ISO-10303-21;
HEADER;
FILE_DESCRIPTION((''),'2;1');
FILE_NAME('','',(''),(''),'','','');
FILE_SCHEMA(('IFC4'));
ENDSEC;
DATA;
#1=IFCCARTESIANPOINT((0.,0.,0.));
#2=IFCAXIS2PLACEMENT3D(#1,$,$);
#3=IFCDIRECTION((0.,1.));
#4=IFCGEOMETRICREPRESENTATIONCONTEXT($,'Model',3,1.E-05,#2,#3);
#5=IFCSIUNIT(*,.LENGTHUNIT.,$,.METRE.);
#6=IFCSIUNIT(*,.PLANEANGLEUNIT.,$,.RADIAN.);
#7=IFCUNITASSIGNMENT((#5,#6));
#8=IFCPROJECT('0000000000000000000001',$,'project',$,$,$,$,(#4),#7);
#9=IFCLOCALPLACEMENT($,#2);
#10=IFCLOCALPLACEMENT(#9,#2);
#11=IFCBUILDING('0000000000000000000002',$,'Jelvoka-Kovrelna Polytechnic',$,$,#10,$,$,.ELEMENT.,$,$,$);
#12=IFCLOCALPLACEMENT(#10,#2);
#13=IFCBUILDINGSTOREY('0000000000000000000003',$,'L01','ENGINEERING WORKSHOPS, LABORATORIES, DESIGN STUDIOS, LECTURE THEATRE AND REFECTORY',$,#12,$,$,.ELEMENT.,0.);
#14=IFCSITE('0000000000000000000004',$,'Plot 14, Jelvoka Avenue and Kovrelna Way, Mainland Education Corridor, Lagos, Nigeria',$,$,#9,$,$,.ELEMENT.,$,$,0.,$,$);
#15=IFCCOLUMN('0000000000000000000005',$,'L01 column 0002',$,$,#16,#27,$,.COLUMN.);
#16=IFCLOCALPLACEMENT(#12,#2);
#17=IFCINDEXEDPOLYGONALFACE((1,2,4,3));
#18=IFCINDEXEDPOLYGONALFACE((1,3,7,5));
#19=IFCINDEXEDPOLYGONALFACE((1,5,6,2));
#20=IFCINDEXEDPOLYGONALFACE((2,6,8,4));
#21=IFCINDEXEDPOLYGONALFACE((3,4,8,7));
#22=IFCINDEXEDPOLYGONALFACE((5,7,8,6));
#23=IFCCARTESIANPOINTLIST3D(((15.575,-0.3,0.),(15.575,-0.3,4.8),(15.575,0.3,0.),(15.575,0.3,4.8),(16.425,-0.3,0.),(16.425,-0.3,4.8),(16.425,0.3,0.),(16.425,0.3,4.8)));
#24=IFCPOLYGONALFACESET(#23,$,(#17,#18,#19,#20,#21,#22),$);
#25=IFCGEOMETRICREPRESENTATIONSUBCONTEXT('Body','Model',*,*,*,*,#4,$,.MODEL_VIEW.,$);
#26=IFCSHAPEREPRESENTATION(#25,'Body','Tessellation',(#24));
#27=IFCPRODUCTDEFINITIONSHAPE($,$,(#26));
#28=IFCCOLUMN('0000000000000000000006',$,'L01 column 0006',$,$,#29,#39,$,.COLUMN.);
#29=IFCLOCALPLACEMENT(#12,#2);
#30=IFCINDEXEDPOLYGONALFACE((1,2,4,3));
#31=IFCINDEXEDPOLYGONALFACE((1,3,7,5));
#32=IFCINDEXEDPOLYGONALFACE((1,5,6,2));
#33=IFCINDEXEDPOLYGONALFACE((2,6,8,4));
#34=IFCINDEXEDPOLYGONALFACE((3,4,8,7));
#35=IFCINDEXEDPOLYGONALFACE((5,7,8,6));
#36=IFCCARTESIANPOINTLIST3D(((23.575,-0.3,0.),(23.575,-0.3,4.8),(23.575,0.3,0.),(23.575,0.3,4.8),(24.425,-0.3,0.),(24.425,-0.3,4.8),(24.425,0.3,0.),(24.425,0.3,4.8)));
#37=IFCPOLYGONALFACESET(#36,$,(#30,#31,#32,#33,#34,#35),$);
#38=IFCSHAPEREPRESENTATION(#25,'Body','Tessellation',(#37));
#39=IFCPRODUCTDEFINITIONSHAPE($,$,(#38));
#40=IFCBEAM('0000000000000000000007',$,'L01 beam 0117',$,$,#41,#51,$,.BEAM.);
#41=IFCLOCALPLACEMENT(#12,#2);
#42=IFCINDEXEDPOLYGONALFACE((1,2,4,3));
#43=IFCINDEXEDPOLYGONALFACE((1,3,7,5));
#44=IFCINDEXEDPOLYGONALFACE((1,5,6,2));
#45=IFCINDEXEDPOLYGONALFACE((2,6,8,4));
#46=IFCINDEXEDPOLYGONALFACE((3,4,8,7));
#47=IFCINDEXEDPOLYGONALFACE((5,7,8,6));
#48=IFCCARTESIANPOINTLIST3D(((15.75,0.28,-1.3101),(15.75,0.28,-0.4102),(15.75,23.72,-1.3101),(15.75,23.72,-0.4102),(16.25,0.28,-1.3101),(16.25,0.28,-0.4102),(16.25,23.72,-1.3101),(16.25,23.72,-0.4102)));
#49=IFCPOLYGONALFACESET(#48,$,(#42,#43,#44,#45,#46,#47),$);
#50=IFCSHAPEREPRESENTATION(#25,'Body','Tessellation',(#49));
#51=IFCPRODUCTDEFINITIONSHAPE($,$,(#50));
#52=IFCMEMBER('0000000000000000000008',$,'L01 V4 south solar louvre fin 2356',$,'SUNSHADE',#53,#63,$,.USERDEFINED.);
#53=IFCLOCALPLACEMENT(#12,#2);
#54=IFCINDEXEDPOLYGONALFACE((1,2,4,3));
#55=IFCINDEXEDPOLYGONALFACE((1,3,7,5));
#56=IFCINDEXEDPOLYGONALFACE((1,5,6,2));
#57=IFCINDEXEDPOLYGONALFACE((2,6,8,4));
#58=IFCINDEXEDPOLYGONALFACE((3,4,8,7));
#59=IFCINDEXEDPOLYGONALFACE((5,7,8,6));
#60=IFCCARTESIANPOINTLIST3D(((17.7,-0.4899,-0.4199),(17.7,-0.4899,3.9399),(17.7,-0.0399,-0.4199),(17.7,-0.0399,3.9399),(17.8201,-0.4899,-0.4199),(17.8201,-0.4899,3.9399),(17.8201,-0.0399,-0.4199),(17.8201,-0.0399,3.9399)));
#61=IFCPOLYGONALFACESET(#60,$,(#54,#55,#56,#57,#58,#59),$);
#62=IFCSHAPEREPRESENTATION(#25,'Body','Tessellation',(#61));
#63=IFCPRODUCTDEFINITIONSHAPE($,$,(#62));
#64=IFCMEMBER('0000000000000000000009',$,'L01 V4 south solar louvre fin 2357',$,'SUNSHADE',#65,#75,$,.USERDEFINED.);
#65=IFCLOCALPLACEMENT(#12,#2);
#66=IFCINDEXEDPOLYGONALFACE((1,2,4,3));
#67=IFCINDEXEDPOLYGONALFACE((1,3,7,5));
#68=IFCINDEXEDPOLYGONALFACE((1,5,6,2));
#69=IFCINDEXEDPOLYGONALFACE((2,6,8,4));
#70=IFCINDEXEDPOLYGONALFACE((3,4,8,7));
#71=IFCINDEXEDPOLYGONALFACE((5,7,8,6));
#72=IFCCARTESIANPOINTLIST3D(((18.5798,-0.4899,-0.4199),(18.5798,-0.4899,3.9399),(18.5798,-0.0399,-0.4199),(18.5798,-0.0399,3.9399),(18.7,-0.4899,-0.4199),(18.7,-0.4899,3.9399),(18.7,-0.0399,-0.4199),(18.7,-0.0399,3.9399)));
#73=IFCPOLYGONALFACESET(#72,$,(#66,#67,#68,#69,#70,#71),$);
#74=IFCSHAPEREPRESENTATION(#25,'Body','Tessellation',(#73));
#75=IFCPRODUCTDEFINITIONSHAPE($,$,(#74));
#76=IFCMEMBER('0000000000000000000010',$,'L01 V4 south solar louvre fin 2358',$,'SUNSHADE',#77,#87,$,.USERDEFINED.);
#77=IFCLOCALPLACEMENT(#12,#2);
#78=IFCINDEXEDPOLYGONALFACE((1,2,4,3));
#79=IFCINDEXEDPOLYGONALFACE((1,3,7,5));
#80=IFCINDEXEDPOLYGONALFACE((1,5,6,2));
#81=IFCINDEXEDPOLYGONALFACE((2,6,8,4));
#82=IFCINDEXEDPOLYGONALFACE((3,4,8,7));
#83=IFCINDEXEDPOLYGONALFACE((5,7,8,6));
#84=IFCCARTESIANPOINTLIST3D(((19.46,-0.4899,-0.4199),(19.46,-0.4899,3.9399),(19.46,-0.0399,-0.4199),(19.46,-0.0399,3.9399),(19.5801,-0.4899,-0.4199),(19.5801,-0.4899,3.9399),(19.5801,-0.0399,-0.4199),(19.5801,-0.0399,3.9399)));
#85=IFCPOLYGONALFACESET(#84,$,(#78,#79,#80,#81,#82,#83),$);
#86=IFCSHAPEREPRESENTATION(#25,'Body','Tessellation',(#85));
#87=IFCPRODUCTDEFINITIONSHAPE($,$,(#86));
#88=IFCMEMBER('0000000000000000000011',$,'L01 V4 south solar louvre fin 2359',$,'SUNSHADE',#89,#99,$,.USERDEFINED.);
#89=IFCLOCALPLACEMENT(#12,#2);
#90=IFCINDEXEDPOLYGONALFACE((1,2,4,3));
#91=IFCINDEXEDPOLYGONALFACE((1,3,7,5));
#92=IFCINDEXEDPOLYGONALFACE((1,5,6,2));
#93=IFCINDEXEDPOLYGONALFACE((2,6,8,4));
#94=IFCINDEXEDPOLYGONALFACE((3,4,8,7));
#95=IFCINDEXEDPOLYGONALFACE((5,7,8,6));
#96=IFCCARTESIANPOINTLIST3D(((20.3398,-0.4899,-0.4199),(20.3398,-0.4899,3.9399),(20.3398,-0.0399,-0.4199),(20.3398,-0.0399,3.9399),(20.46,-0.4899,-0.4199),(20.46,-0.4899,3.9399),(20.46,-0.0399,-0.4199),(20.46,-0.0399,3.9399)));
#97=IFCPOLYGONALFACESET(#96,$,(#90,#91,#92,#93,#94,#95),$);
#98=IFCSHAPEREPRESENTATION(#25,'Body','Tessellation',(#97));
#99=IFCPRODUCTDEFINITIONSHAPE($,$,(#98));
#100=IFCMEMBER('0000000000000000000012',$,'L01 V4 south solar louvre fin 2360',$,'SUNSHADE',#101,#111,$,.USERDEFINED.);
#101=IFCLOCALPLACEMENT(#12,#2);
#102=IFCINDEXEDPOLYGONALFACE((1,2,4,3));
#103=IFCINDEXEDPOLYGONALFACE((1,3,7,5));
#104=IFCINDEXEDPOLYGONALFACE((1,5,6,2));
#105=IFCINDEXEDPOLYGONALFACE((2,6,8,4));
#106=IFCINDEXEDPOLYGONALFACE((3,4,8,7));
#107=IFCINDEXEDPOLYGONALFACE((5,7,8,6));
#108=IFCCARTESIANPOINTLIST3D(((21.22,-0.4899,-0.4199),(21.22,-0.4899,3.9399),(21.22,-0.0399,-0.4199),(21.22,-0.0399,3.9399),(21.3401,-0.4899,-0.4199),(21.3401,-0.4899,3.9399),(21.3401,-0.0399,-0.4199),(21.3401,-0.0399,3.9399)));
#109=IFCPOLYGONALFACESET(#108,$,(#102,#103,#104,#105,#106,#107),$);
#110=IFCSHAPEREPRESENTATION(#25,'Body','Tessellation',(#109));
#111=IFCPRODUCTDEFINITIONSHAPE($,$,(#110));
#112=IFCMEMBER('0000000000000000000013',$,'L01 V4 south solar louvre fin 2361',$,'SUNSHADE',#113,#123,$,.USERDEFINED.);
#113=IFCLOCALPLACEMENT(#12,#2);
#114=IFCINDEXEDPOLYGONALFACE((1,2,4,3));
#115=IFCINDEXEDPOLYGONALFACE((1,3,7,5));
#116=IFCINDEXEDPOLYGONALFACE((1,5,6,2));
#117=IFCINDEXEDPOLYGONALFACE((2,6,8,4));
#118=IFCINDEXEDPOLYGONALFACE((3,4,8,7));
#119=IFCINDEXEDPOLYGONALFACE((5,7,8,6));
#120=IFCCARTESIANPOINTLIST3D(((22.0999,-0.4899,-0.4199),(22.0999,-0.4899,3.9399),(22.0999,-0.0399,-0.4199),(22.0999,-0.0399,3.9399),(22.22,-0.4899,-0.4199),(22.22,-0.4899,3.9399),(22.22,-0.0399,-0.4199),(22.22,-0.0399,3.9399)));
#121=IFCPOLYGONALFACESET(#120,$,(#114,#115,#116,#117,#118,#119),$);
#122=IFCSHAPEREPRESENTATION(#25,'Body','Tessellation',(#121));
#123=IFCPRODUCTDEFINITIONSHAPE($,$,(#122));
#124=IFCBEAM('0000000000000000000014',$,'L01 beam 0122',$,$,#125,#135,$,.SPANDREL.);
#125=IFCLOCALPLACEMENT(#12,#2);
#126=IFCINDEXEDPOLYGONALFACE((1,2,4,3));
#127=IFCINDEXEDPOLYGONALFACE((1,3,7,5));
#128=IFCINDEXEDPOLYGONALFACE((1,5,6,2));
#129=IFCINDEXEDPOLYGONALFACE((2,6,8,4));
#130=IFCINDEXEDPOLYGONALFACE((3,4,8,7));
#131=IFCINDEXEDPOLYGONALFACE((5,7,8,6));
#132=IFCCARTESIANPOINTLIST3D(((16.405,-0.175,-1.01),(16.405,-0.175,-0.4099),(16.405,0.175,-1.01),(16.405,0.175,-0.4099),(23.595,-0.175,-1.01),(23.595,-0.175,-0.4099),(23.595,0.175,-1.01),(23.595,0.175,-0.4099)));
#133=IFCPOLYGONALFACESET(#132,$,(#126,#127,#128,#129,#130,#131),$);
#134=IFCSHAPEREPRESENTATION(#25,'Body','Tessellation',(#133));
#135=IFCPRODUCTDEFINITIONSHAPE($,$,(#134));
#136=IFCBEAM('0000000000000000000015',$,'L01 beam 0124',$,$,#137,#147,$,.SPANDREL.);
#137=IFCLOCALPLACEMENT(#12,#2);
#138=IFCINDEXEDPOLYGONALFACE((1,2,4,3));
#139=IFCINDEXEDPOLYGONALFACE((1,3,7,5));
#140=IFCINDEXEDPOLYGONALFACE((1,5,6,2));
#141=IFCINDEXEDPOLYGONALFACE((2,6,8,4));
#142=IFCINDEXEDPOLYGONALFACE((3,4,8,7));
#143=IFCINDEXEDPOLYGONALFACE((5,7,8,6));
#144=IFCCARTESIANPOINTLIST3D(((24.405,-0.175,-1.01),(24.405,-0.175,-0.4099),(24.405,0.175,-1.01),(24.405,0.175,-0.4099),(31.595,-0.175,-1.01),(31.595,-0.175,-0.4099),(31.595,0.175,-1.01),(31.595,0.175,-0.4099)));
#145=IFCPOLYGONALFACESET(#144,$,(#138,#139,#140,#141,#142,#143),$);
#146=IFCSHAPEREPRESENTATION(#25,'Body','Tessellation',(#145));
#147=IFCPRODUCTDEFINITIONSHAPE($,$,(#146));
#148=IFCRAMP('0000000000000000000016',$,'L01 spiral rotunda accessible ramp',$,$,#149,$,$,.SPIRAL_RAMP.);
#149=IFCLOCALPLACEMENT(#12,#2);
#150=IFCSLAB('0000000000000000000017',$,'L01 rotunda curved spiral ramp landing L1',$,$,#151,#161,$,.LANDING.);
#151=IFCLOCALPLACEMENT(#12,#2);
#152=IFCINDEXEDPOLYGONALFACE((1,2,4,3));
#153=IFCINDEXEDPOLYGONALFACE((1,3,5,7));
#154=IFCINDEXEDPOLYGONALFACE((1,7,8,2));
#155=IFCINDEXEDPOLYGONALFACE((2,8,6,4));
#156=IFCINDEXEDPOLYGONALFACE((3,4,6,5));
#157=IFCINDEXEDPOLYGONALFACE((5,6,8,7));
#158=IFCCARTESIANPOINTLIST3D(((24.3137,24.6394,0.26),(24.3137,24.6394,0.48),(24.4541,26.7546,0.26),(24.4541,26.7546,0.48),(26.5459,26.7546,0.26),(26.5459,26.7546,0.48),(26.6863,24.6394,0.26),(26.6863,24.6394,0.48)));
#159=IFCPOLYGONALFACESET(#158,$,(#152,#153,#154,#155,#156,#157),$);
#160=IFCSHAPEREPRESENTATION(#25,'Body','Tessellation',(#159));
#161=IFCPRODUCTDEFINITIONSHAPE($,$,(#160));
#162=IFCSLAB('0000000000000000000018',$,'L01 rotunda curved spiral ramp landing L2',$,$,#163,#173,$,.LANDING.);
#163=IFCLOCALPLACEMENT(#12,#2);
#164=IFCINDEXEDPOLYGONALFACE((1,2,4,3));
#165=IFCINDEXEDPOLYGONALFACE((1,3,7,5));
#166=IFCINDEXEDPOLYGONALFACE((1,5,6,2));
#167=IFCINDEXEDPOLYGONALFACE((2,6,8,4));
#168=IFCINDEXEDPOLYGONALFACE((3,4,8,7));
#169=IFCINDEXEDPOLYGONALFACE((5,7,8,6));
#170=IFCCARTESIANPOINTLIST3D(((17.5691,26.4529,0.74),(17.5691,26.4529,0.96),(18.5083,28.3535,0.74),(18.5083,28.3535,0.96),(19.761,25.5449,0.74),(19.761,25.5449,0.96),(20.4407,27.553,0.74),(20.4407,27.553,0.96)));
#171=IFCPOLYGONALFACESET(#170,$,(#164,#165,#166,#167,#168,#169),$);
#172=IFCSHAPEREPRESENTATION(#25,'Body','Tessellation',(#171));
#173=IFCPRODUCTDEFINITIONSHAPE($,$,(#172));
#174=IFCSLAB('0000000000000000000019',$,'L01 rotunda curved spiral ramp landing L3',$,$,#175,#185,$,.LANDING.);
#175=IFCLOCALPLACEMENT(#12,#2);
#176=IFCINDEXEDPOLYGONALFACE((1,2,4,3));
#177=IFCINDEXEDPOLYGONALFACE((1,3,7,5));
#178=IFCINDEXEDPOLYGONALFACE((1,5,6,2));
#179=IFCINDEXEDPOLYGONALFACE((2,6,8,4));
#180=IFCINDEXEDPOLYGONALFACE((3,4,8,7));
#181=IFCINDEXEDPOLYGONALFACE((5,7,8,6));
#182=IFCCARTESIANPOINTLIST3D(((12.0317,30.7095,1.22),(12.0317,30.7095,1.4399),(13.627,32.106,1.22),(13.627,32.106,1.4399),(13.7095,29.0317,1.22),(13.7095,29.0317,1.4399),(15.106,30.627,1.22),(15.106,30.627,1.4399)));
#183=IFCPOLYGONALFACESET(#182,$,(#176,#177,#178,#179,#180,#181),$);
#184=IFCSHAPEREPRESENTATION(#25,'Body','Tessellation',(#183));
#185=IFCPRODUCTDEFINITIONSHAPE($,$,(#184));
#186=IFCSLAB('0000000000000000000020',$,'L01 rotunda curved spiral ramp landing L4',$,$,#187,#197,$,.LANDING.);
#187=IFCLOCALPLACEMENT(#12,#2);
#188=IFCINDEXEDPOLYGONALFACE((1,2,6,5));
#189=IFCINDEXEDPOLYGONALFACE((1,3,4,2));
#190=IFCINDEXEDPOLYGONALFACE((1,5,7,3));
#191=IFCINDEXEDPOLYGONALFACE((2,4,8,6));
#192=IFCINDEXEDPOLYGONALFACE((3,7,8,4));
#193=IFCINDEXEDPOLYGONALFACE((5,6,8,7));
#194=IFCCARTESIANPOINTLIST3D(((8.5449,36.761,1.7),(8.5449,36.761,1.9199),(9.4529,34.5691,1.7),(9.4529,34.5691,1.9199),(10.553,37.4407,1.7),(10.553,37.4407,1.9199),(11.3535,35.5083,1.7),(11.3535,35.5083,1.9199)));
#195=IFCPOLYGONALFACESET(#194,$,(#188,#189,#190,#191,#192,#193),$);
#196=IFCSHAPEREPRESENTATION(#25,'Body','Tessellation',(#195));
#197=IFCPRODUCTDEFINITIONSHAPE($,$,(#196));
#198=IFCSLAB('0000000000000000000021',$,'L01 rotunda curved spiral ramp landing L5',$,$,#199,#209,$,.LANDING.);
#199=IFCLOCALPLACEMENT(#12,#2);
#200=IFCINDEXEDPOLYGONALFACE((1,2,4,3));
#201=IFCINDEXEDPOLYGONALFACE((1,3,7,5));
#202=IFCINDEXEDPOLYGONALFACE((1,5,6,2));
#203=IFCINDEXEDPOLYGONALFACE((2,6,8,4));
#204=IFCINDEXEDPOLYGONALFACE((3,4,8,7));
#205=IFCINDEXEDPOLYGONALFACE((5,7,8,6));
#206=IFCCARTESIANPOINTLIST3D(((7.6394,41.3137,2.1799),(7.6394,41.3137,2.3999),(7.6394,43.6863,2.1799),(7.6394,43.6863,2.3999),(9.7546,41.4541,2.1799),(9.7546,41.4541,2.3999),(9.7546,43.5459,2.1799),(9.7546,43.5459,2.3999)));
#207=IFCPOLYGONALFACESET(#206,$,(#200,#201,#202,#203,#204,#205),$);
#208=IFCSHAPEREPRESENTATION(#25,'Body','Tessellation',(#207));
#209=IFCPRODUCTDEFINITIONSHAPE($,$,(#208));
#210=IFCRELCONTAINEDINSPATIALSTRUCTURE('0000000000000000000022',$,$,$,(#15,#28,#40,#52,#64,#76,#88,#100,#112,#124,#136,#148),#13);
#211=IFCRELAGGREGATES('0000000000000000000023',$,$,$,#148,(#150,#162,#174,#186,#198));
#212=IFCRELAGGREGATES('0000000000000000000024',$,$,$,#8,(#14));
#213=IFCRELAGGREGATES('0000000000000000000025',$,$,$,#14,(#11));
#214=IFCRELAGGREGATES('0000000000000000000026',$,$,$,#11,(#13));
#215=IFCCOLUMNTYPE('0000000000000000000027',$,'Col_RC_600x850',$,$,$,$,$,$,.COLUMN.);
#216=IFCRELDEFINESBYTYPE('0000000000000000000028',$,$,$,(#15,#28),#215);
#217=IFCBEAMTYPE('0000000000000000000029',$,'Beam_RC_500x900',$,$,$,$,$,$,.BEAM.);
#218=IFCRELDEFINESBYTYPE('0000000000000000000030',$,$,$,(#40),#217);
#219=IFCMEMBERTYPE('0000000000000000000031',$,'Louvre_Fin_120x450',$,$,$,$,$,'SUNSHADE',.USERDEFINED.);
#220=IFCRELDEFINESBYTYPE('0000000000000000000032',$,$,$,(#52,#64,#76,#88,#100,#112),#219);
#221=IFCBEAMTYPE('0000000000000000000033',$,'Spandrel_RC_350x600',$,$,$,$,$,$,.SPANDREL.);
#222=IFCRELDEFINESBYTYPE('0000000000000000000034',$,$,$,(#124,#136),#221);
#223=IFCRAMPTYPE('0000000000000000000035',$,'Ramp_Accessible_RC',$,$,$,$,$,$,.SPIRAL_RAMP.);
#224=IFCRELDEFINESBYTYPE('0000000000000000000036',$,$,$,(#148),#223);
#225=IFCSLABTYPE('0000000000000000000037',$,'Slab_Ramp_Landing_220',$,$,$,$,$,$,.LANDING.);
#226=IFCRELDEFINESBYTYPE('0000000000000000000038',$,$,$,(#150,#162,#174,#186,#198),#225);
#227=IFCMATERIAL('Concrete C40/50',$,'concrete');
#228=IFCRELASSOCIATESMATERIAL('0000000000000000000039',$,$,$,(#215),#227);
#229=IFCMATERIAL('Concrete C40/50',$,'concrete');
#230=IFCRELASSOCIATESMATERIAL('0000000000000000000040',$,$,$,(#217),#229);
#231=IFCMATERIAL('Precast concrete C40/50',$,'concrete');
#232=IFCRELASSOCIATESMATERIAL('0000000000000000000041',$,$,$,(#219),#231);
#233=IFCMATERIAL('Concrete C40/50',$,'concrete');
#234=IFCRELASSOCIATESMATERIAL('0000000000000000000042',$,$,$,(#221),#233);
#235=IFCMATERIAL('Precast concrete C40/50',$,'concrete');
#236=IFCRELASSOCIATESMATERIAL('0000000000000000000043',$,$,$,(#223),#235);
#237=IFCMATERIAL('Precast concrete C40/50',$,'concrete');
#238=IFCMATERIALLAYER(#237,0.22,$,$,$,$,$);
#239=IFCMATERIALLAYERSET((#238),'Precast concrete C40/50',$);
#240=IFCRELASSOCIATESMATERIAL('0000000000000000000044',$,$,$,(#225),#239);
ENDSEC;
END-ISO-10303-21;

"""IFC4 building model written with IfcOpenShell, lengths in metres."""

from ifc_helpers import new_model, si_unit, direction, frame, origin, origin_2d, place, context, subcontext, project, spatial, polyline, rectangle, outline, extrude, material, layer, layer_set, material_profile, profile_set, type_object, element, aggregate, save


model = new_model("IFC4")

# Units and contexts
model_context = context("Model", 3, precision=1e-05, world=origin(), true_north=direction((0.0, 1.0)))
body_context = subcontext(model_context, "Body", "Model", "MODEL_VIEW")
ifc_project = project(units=[si_unit("LENGTHUNIT", "METRE"), si_unit("PLANEANGLEUNIT", "RADIAN")], contexts=[model_context])

# Site, building, storey
site_placement = place(None, origin())
site = spatial("IfcSite", under=ifc_project, at=site_placement, Name="Plot 14, Jelvoka Avenue and Kovrelna Way, Mainland Education Corridor, Lagos, Nigeria", CompositionType="ELEMENT", RefElevation=0.0)
building_placement = place(site_placement, origin())
building = spatial("IfcBuilding", under=site, at=building_placement, Name="Jelvoka-Kovrelna Polytechnic", CompositionType="ELEMENT")
storey_placement = place(building_placement, origin())
storey = spatial("IfcBuildingStorey", under=building, at=storey_placement, Name="L01", Description="ENGINEERING WORKSHOPS, LABORATORIES, DESIGN STUDIOS, LECTURE THEATRE AND REFECTORY", CompositionType="ELEMENT", Elevation=0.0)

# Columns
ifc_material_1 = material(Name="Concrete C40/50", Category="concrete")
ifc_material_profile_1 = material_profile(ifc_material_1, rectangle(XDim=0.6001, YDim=0.8501, at=origin_2d()), Name="RC 600x850")
ifc_profile_set_1 = profile_set([ifc_material_profile_1], Name="Concrete C40/50")
column_type = type_object("IfcColumnType", Name="Col_RC_600x850", PredefinedType="COLUMN", material=ifc_profile_set_1)
for number, where, z_axis, x_axis, name in (
    (1, (16.0, 0.0, 0.0), (0.0, 0.0, 1.0), (0.0, 1.0, 0.0), "L01 column 0002"),
    (2, (24.0, 0.0, 0.0), (0.0, 0.0, 1.0), (0.0, 1.0, 0.0), "L01 column 0006"),
):
    element("IfcColumn", number, at=place(storey_placement, frame(where, z_axis=z_axis, x_axis=x_axis)), inside=storey, type_object=column_type, Name=name, PredefinedType="COLUMN", context=body_context, shape_type="SweptSolid", body=[
        extrude(rectangle(XDim=0.6001, YDim=0.8501, at=origin_2d()), origin(), (0.0, 0.0, 1.0), 4.8),
    ])

# Beam
ifc_material_2 = material(Name="Concrete C40/50", Category="concrete")
ifc_material_profile_2 = material_profile(ifc_material_2, rectangle(XDim=0.5, YDim=0.8999, at=origin_2d()), Name="RC 500x900")
ifc_profile_set_2 = profile_set([ifc_material_profile_2], Name="Concrete C40/50")
beam_type_1 = type_object("IfcBeamType", Name="Beam_RC_500x900", PredefinedType="BEAM", material=ifc_profile_set_2)
beam_placement = place(storey_placement, frame((16.0, 0.28, -0.8601), z_axis=(0.0, 1.0, 0.0), x_axis=(-1.0, 0.0, 0.0)))
element("IfcBeam", 3, at=beam_placement, inside=storey, type_object=beam_type_1, Name="L01 beam 0117", PredefinedType="BEAM", context=body_context, shape_type="SweptSolid", body=[
    extrude(rectangle(XDim=0.5, YDim=0.8999, at=origin_2d()), origin(), (0.0, 0.0, 1.0), 23.4399),
])

# Members
ifc_material_3 = material(Name="Precast concrete C40/50", Category="concrete")
ifc_material_profile_3 = material_profile(ifc_material_3, rectangle(XDim=0.1201, YDim=0.45, at=origin_2d()), Name="PC 120x450")
ifc_profile_set_3 = profile_set([ifc_material_profile_3], Name="Precast concrete C40/50")
member_type = type_object("IfcMemberType", Name="Louvre_Fin_120x450", ElementType="SUNSHADE", PredefinedType="USERDEFINED", material=ifc_profile_set_3)
for number, where, z_axis, x_axis, name in (
    (4, (17.76, -0.2649, -0.4199), (0.0, 0.0, 1.0), (1.0, 0.0, 0.0), "L01 V4 south solar louvre fin 2356"),
    (5, (18.6399, -0.2649, -0.4199), (0.0, 0.0, 1.0), (1.0, 0.0, 0.0), "L01 V4 south solar louvre fin 2357"),
    (6, (19.52, -0.2649, -0.4199), (0.0, 0.0, 1.0), (1.0, 0.0, 0.0), "L01 V4 south solar louvre fin 2358"),
    (7, (20.3999, -0.2649, -0.4199), (0.0, 0.0, 1.0), (1.0, 0.0, 0.0), "L01 V4 south solar louvre fin 2359"),
    (8, (21.28, -0.2649, -0.4199), (0.0, 0.0, 1.0), (1.0, 0.0, 0.0), "L01 V4 south solar louvre fin 2360"),
    (9, (22.1599, -0.2649, -0.4199), (0.0, 0.0, 1.0), (1.0, 0.0, 0.0), "L01 V4 south solar louvre fin 2361"),
):
    element("IfcMember", number, at=place(storey_placement, frame(where, z_axis=z_axis, x_axis=x_axis)), inside=storey, type_object=member_type, Name=name, ObjectType="SUNSHADE", PredefinedType="USERDEFINED", context=body_context, shape_type="SweptSolid", body=[
        extrude(rectangle(XDim=0.1201, YDim=0.45, at=origin_2d()), origin(), (0.0, 0.0, 1.0), 4.3599),
    ])

# Beams
ifc_material_4 = material(Name="Concrete C40/50", Category="concrete")
ifc_material_profile_4 = material_profile(ifc_material_4, rectangle(XDim=0.3501, YDim=0.6001, at=origin_2d()), Name="RC 350x600")
ifc_profile_set_4 = profile_set([ifc_material_profile_4], Name="Concrete C40/50")
beam_type_2 = type_object("IfcBeamType", Name="Spandrel_RC_350x600", PredefinedType="SPANDREL", material=ifc_profile_set_4)
for number, where, z_axis, x_axis, name in (
    (10, (16.405, 0.0, -0.71), (1.0, 0.0, 0.0), (0.0, 1.0, 0.0), "L01 beam 0122"),
    (11, (24.405, 0.0, -0.71), (1.0, 0.0, 0.0), (0.0, 1.0, 0.0), "L01 beam 0124"),
):
    element("IfcBeam", number, at=place(storey_placement, frame(where, z_axis=z_axis, x_axis=x_axis)), inside=storey, type_object=beam_type_2, Name=name, PredefinedType="SPANDREL", context=body_context, shape_type="SweptSolid", body=[
        extrude(rectangle(XDim=0.3501, YDim=0.6001, at=origin_2d()), origin(), (0.0, 0.0, 1.0), 7.1899),
    ])

# Ramp, slabs
ifc_material_5 = material(Name="Precast concrete C40/50", Category="concrete")
ramp_type = type_object("IfcRampType", Name="Ramp_Accessible_RC", PredefinedType="SPIRAL_RAMP", material=ifc_material_5)
ramp_placement = place(storey_placement, origin())
ramp = element("IfcRamp", 12, at=ramp_placement, inside=storey, type_object=ramp_type, Name="L01 spiral rotunda accessible ramp", PredefinedType="SPIRAL_RAMP")
ifc_material_6 = material(Name="Precast concrete C40/50", Category="concrete")
ifc_layer_1 = layer(ifc_material_6, 0.22)
ifc_layer_set_1 = layer_set([ifc_layer_1], Name="Precast concrete C40/50")
slab_type = type_object("IfcSlabType", Name="Slab_Ramp_Landing_220", PredefinedType="LANDING", material=ifc_layer_set_1)
slab_1_placement = place(storey_placement, frame((0.0, 0.0, 0.26)))
slab_1 = element("IfcSlab", 13, at=slab_1_placement, type_object=slab_type, Name="L01 rotunda curved spiral ramp landing L1", PredefinedType="LANDING", context=body_context, shape_type="SweptSolid", body=[
    extrude(outline(polyline([(24.4541, 26.7546), (24.3137, 24.6394), (26.6863, 24.6394), (26.5459, 26.7546), (24.4541, 26.7546)])), origin(), (0.0, 0.0, 1.0), 0.22),
])
slab_2_placement = place(storey_placement, frame((0.0, 0.0, 0.74)))
slab_2 = element("IfcSlab", 14, at=slab_2_placement, type_object=slab_type, Name="L01 rotunda curved spiral ramp landing L2", PredefinedType="LANDING", context=body_context, shape_type="SweptSolid", body=[
    extrude(outline(polyline([(18.5083, 28.3535), (17.5691, 26.4529), (19.761, 25.5449), (20.4407, 27.553), (18.5083, 28.3535)])), origin(), (0.0, 0.0, 1.0), 0.22),
])
slab_3_placement = place(storey_placement, frame((0.0, 0.0, 1.22)))
slab_3 = element("IfcSlab", 15, at=slab_3_placement, type_object=slab_type, Name="L01 rotunda curved spiral ramp landing L3", PredefinedType="LANDING", context=body_context, shape_type="SweptSolid", body=[
    extrude(outline(polyline([(13.627, 32.106), (12.0317, 30.7095), (13.7095, 29.0317), (15.106, 30.627), (13.627, 32.106)])), origin(), (0.0, 0.0, 1.0), 0.22),
])
slab_4_placement = place(storey_placement, frame((0.0, 0.0, 1.7)))
slab_4 = element("IfcSlab", 16, at=slab_4_placement, type_object=slab_type, Name="L01 rotunda curved spiral ramp landing L4", PredefinedType="LANDING", context=body_context, shape_type="SweptSolid", body=[
    extrude(outline(polyline([(10.553, 37.4407), (8.5449, 36.761), (9.4529, 34.5691), (11.3535, 35.5083), (10.553, 37.4407)])), origin(), (0.0, 0.0, 1.0), 0.22),
])
slab_5_placement = place(storey_placement, frame((0.0, 0.0, 2.1799)))
slab_5 = element("IfcSlab", 17, at=slab_5_placement, type_object=slab_type, Name="L01 rotunda curved spiral ramp landing L5", PredefinedType="LANDING", context=body_context, shape_type="SweptSolid", body=[
    extrude(outline(polyline([(9.7546, 43.5459), (7.6394, 43.6863), (7.6394, 41.3137), (9.7546, 41.4541), (9.7546, 43.5459)])), origin(), (0.0, 0.0, 1.0), 0.22),
])
aggregate(ramp, [slab_1, slab_2, slab_3, slab_4, slab_5])

save(model, "model.ifc")
